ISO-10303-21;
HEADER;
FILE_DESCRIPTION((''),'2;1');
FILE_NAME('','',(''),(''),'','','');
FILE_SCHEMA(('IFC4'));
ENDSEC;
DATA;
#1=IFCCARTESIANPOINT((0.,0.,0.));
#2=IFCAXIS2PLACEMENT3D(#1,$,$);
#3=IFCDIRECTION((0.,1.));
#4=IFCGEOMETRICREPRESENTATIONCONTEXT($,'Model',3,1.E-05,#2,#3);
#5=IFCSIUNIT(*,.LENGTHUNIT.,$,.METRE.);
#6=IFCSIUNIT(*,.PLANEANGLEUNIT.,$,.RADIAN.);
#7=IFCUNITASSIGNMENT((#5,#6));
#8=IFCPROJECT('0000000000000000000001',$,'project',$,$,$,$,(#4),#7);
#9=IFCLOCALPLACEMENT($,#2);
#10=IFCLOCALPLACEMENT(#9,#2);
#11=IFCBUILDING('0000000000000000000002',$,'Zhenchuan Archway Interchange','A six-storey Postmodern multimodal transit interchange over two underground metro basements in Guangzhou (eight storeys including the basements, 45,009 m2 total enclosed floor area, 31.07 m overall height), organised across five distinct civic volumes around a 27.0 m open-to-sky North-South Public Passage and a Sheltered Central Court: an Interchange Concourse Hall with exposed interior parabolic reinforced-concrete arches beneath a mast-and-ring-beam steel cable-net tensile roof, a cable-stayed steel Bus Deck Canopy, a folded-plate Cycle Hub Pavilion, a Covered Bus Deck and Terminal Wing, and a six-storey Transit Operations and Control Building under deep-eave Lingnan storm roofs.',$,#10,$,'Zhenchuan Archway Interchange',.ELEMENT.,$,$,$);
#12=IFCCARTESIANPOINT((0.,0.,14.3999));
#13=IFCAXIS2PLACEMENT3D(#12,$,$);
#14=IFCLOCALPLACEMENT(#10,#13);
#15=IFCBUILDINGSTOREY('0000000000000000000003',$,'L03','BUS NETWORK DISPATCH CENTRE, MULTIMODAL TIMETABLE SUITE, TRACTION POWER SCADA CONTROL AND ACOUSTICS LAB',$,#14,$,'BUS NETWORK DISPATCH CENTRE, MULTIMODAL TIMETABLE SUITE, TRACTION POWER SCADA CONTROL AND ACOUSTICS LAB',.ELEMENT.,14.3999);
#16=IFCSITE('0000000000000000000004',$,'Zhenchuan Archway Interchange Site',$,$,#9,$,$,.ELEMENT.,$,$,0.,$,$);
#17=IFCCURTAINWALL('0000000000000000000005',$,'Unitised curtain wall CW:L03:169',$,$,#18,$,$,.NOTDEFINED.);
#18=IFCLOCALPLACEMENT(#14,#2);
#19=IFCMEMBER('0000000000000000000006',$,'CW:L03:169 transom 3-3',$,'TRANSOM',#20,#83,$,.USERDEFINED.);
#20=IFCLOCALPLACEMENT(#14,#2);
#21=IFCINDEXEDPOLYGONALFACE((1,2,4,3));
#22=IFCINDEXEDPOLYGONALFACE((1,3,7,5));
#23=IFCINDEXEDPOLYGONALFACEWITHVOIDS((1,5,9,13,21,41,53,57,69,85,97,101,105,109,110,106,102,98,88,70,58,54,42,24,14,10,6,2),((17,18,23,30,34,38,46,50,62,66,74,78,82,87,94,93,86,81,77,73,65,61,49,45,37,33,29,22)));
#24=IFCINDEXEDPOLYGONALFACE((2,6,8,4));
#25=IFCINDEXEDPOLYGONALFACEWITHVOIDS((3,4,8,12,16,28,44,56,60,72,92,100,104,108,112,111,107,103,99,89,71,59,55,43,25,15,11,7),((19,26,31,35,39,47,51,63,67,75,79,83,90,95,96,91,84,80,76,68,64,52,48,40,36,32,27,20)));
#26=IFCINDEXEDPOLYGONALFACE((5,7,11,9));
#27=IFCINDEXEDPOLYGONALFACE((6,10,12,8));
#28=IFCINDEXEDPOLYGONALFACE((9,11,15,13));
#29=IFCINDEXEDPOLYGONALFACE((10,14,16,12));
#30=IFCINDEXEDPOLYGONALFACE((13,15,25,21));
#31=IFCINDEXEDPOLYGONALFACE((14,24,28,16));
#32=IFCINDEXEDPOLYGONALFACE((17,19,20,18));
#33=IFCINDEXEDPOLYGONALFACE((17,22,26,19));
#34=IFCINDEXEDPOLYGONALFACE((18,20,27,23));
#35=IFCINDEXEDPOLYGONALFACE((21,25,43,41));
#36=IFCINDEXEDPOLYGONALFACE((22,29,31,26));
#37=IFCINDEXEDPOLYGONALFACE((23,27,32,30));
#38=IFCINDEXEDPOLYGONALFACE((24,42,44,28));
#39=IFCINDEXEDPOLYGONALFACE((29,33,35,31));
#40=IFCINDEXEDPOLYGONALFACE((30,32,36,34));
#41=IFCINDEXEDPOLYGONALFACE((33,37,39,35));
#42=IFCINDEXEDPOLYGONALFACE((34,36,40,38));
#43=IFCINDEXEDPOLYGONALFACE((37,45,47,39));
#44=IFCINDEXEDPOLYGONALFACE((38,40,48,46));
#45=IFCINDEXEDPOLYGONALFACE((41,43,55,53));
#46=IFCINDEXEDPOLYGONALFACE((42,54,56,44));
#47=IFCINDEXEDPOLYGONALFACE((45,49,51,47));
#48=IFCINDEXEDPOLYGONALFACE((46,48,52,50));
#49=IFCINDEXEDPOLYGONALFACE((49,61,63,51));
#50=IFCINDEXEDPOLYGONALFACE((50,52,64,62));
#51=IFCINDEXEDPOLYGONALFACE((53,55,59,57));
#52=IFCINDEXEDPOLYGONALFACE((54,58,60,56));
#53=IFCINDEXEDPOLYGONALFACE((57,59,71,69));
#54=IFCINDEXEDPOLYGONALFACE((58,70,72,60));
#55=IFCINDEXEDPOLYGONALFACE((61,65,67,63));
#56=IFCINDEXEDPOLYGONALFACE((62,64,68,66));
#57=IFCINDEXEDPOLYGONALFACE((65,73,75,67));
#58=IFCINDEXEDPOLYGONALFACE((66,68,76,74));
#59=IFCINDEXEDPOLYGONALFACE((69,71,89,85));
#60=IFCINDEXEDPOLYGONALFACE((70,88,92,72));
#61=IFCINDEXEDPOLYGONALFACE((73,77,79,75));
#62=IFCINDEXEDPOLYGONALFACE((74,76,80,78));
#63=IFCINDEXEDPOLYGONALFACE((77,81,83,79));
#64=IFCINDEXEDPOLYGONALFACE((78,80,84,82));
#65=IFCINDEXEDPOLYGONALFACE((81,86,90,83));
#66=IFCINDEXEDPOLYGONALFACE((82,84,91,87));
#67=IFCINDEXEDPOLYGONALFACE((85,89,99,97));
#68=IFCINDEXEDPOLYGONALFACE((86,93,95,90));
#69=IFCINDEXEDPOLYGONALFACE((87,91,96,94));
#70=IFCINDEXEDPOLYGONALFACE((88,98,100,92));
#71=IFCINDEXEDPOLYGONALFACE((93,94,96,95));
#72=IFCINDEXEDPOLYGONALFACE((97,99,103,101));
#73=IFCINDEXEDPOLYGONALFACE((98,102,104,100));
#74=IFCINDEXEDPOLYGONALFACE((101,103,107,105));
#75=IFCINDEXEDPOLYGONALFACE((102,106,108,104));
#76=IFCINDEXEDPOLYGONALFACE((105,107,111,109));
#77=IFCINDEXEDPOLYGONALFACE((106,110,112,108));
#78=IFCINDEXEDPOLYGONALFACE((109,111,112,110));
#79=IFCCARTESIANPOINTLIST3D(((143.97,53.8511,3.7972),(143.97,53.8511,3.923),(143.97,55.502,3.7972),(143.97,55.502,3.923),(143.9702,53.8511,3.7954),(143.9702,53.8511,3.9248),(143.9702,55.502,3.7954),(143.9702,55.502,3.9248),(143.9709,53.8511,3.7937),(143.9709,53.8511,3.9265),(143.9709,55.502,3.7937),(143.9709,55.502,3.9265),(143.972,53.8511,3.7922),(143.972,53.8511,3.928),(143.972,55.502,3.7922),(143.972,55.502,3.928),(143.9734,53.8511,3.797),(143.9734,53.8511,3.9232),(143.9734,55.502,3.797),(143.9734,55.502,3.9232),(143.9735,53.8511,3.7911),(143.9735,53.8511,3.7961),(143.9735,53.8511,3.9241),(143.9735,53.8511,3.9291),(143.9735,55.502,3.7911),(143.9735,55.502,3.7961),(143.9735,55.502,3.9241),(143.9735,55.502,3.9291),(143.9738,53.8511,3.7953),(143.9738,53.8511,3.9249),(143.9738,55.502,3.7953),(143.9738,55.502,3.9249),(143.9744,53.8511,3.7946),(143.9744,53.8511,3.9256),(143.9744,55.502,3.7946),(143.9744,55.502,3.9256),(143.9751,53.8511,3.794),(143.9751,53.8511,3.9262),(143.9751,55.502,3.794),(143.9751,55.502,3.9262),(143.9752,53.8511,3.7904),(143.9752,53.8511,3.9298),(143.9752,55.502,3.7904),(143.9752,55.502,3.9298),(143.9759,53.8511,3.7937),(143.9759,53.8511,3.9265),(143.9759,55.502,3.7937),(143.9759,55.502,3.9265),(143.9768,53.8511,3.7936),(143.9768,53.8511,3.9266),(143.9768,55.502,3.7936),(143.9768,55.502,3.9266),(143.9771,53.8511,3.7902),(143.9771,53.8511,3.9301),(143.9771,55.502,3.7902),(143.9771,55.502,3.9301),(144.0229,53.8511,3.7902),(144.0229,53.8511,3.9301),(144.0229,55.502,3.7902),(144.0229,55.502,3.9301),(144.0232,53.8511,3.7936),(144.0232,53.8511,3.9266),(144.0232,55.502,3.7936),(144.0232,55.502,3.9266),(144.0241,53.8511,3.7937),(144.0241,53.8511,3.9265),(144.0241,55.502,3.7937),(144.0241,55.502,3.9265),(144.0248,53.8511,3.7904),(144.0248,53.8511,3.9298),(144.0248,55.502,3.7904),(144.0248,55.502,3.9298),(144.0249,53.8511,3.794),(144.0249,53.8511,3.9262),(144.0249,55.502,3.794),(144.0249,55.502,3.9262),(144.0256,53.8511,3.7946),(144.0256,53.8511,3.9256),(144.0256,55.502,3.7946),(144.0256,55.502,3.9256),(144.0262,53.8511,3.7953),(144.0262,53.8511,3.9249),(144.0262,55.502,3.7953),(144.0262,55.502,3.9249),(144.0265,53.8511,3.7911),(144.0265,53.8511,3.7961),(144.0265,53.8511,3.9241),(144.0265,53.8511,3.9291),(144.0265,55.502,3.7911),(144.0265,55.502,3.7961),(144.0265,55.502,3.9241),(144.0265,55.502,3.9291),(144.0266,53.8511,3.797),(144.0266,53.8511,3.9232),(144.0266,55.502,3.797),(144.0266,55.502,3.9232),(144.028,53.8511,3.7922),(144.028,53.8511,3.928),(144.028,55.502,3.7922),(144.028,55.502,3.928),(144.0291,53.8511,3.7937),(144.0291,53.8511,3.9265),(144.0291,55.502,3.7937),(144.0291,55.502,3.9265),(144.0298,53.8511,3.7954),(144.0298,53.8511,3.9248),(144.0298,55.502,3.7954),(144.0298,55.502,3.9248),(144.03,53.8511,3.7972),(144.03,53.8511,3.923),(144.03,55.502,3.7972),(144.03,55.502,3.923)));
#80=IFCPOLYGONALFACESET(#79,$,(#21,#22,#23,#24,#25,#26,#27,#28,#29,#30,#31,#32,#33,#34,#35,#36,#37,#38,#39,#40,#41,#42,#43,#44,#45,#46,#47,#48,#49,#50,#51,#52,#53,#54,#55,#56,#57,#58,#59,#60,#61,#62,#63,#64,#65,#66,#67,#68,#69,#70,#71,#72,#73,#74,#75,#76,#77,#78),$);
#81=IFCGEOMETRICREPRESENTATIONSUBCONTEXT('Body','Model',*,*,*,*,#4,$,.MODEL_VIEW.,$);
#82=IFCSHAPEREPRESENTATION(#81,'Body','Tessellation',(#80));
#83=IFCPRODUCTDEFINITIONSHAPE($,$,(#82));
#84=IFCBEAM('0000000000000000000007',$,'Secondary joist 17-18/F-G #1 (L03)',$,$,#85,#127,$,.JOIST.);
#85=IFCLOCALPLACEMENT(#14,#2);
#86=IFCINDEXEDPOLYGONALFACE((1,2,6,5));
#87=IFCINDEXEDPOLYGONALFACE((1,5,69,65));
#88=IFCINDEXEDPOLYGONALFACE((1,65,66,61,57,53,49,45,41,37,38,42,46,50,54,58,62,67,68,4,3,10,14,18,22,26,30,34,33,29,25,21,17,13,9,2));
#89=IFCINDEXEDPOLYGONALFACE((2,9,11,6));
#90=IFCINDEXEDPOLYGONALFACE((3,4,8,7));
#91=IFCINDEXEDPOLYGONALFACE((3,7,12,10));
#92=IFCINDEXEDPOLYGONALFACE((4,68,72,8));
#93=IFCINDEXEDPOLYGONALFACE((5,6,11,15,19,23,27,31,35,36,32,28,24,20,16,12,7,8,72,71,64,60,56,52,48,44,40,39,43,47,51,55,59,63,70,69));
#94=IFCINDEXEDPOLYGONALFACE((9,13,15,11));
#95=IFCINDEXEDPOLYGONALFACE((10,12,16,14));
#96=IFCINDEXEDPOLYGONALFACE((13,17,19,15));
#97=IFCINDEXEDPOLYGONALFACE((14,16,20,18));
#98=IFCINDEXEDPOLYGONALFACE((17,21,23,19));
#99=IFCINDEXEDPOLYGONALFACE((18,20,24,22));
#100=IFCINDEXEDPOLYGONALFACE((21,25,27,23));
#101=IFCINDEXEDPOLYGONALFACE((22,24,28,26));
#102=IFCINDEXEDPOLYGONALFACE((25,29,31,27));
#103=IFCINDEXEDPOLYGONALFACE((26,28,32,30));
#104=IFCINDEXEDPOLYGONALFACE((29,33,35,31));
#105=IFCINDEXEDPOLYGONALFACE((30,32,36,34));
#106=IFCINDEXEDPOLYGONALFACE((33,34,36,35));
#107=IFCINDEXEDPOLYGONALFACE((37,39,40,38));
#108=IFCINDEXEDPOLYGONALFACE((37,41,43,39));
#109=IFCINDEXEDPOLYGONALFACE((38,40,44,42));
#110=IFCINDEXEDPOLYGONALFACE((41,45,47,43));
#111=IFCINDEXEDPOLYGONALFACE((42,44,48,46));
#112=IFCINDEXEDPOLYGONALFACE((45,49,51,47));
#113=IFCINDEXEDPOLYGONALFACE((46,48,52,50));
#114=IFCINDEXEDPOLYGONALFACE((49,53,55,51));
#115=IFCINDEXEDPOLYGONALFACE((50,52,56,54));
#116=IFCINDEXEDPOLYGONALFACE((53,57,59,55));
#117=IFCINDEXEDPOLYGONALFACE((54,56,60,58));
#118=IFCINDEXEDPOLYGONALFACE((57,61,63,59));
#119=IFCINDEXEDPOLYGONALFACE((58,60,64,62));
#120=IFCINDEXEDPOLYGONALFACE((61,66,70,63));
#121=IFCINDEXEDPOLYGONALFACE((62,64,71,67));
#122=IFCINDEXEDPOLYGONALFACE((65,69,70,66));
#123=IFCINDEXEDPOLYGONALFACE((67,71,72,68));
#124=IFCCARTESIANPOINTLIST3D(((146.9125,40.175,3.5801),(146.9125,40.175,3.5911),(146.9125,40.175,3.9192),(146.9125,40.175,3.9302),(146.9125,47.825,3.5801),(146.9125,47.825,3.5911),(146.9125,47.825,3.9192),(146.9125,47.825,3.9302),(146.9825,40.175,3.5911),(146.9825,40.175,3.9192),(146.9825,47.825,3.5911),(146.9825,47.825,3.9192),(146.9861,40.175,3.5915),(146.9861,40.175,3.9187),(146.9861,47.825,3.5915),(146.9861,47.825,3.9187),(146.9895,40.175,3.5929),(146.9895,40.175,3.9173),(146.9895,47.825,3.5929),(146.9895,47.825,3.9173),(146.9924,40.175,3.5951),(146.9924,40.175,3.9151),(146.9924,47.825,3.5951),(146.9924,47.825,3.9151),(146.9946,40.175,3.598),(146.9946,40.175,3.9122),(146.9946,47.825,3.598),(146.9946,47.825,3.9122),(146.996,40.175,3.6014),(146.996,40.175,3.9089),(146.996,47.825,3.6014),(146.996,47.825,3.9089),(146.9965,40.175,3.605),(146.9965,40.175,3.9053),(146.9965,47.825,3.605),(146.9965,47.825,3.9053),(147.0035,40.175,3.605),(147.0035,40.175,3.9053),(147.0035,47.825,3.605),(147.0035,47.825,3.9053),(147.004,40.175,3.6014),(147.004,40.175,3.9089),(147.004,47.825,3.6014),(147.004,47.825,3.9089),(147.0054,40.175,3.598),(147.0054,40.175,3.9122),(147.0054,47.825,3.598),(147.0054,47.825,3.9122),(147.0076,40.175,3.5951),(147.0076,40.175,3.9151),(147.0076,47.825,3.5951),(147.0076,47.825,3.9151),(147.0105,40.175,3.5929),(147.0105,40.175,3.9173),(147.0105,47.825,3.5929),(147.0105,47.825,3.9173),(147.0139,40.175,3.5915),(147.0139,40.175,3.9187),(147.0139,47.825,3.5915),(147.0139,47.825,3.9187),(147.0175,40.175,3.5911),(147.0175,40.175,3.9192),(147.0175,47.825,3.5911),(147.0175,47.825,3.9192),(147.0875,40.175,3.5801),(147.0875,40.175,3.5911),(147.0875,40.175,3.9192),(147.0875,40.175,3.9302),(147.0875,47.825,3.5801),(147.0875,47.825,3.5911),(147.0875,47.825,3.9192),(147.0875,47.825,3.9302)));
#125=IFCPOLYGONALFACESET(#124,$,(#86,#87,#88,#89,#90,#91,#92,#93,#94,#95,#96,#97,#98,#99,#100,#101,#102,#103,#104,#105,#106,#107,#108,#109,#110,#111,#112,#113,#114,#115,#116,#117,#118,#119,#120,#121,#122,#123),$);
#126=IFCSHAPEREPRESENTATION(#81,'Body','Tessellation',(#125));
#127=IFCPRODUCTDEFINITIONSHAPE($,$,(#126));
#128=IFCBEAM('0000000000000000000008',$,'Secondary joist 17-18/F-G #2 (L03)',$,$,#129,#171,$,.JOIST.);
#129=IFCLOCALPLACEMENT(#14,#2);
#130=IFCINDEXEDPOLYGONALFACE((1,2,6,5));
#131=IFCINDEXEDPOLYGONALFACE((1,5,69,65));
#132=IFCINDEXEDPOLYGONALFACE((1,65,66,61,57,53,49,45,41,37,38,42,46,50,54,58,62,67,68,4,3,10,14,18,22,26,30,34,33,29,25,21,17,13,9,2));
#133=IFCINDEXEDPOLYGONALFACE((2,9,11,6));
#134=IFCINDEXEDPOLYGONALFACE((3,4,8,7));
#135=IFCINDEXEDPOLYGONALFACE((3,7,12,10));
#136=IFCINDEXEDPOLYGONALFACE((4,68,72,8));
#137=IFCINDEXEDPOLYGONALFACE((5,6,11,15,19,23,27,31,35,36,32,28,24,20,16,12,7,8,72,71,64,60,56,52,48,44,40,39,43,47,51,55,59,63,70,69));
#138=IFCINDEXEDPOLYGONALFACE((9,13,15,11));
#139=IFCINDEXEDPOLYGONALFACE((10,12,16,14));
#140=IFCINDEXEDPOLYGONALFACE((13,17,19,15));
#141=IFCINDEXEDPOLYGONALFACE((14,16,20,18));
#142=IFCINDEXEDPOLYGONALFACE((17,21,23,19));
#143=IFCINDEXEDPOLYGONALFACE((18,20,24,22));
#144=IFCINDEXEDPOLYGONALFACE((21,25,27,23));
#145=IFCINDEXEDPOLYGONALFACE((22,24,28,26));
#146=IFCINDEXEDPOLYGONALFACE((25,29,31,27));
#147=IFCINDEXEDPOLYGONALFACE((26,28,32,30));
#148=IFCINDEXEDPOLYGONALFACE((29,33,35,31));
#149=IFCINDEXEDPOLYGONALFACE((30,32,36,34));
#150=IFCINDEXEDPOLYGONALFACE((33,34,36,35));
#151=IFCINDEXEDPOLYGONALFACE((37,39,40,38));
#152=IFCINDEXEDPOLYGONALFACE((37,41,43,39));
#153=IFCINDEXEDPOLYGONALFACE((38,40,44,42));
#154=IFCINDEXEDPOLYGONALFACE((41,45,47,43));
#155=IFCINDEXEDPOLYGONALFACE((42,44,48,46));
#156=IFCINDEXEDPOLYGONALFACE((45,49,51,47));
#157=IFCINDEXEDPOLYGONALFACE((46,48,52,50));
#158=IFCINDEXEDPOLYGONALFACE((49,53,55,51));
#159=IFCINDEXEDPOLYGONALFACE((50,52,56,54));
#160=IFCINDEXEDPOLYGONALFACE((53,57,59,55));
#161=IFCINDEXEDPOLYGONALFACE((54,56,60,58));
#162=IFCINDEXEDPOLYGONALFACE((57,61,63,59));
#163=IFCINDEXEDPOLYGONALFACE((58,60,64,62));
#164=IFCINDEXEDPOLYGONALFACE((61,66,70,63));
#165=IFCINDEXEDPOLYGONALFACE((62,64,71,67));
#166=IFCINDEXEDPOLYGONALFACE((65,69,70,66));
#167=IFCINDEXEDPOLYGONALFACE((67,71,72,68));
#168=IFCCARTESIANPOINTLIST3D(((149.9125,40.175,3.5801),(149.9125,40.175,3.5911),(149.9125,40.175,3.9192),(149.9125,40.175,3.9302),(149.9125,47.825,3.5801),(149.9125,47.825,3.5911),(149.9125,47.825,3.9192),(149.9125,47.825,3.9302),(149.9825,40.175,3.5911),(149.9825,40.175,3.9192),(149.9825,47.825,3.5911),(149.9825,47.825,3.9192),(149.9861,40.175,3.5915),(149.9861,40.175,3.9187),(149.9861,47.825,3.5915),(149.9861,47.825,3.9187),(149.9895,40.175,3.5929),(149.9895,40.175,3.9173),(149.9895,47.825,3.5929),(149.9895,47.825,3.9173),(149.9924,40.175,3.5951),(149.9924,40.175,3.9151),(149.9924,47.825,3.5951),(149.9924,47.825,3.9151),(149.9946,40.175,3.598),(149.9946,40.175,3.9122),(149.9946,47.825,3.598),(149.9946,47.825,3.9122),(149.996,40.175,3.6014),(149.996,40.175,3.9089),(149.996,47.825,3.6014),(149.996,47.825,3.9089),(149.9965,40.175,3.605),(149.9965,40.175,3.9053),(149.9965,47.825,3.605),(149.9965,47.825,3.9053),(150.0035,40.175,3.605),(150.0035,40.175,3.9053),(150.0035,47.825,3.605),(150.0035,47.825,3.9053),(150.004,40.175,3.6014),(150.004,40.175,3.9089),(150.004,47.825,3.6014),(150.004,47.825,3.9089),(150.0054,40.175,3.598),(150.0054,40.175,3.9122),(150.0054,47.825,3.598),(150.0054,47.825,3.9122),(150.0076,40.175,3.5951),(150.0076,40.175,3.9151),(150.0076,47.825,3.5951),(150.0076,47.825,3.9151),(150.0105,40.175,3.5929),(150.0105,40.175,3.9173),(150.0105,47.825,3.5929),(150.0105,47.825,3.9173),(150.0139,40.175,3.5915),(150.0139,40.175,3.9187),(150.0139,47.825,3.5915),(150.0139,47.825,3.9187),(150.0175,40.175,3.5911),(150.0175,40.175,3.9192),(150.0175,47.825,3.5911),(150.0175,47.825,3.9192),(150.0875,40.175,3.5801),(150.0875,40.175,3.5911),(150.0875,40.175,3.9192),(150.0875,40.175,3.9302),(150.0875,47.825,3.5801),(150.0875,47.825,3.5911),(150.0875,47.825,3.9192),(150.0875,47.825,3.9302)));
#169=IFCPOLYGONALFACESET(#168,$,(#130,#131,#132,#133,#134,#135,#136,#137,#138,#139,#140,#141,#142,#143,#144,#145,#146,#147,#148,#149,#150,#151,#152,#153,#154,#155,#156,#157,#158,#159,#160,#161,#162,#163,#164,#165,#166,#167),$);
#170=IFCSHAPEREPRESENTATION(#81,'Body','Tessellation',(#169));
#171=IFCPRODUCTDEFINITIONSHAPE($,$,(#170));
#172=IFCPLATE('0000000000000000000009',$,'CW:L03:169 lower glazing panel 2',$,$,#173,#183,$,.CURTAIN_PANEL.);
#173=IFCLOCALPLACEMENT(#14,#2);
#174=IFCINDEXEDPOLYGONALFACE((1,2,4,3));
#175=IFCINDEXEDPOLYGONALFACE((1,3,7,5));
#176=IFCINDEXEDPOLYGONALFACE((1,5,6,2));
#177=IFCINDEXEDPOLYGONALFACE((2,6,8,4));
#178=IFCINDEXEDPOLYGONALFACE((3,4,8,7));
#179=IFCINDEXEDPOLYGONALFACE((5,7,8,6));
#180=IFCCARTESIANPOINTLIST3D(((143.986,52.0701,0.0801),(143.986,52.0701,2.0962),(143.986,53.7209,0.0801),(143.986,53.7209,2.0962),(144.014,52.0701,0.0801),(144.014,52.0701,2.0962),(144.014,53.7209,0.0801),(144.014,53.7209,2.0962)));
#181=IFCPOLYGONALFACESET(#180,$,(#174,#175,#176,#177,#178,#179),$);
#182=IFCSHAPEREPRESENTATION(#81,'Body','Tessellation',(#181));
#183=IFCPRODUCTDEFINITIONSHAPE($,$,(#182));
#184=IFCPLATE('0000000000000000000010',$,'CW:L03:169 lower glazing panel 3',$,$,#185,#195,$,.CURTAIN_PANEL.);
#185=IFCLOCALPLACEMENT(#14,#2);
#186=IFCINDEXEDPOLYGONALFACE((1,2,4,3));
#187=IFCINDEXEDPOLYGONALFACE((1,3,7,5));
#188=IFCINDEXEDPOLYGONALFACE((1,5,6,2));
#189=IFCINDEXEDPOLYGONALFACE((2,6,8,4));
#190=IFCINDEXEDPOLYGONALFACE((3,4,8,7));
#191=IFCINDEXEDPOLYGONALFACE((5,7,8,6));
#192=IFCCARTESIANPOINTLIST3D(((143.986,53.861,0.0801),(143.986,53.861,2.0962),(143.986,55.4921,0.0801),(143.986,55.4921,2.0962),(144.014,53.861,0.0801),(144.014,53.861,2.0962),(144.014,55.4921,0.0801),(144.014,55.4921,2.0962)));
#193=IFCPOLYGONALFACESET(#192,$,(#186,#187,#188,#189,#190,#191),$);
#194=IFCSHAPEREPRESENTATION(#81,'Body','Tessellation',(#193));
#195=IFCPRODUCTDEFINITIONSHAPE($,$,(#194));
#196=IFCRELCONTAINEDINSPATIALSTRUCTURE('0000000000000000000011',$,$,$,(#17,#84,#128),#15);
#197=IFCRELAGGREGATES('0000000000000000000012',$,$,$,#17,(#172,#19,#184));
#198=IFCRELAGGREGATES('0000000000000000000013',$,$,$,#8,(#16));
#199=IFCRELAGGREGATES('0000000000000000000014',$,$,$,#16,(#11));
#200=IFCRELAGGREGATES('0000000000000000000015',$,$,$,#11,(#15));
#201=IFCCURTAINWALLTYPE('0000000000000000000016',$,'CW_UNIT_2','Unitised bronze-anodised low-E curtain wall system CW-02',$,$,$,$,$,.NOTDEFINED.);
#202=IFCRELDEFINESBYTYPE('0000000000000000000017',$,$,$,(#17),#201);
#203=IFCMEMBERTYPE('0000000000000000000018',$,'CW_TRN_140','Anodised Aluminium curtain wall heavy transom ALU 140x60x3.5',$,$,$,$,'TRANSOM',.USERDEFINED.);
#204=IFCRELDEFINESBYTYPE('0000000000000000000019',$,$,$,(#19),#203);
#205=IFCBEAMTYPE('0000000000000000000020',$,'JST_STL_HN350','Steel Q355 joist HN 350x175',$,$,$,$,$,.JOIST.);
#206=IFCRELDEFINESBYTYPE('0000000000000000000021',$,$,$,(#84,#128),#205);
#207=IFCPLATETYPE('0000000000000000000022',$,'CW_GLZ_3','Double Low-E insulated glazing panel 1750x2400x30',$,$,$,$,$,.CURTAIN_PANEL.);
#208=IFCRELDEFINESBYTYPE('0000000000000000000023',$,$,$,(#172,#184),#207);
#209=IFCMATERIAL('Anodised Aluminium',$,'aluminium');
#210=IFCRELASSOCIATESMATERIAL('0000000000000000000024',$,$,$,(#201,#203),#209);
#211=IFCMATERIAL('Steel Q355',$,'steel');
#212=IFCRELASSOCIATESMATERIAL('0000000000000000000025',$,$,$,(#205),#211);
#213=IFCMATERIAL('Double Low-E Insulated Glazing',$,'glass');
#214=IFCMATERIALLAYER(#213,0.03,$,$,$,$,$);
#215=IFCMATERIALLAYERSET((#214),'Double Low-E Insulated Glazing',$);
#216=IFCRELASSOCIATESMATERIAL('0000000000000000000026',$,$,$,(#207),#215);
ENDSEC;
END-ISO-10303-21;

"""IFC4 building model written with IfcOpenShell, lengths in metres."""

from ifc_helpers import new_model, si_unit, direction, frame, origin, origin_2d, place, context, subcontext, project, spatial, rectangle, hollow_rectangle, i_section, extrude, material, layer, layer_set, material_profile, profile_set, type_object, element, aggregate, save


model = new_model("IFC4")

# Units and contexts
model_context = context("Model", 3, precision=1e-05, world=origin(), true_north=direction((0.0, 1.0)))
body_context = subcontext(model_context, "Body", "Model", "MODEL_VIEW")
ifc_project = project(units=[si_unit("LENGTHUNIT", "METRE"), si_unit("PLANEANGLEUNIT", "RADIAN")], contexts=[model_context])

# Site, building, storey
site_placement = place(None, origin())
site = spatial("IfcSite", under=ifc_project, at=site_placement, Name="Zhenchuan Archway Interchange Site", CompositionType="ELEMENT", RefElevation=0.0)
building_placement = place(site_placement, origin())
building = spatial("IfcBuilding", under=site, at=building_placement, Name="Zhenchuan Archway Interchange", Description="A six-storey Postmodern multimodal transit interchange over two underground metro basements in Guangzhou (eight storeys including the basements, 45,009 m2 total enclosed floor area, 31.07 m overall height), organised across five distinct civic volumes around a 27.0 m open-to-sky North-South Public Passage and a Sheltered Central Court: an Interchange Concourse Hall with exposed interior parabolic reinforced-concrete arches beneath a mast-and-ring-beam steel cable-net tensile roof, a cable-stayed steel Bus Deck Canopy, a folded-plate Cycle Hub Pavilion, a Covered Bus Deck and Terminal Wing, and a six-storey Transit Operations and Control Building under deep-eave Lingnan storm roofs.", LongName="Zhenchuan Archway Interchange", CompositionType="ELEMENT")
storey_placement = place(building_placement, frame((0.0, 0.0, 14.3999)))
storey = spatial("IfcBuildingStorey", under=building, at=storey_placement, Name="L03", Description="BUS NETWORK DISPATCH CENTRE, MULTIMODAL TIMETABLE SUITE, TRACTION POWER SCADA CONTROL AND ACOUSTICS LAB", LongName="BUS NETWORK DISPATCH CENTRE, MULTIMODAL TIMETABLE SUITE, TRACTION POWER SCADA CONTROL AND ACOUSTICS LAB", CompositionType="ELEMENT", Elevation=14.3999)

# Curtain wall, member
ifc_material_1 = material(Name="Anodised Aluminium", Category="aluminium")
curtain_wall_type = type_object("IfcCurtainWallType", Name="CW_UNIT_2", Description="Unitised bronze-anodised low-E curtain wall system CW-02", PredefinedType="NOTDEFINED", material=ifc_material_1)
curtain_wall_placement = place(storey_placement, origin())
curtain_wall = element("IfcCurtainWall", 1, at=curtain_wall_placement, inside=storey, type_object=curtain_wall_type, Name="Unitised curtain wall CW:L03:169", PredefinedType="NOTDEFINED")
ifc_material_profile_1 = material_profile(ifc_material_1, hollow_rectangle(XDim=0.0601, YDim=0.1399, WallThickness=0.0034, InnerFilletRadius=0.0034, OuterFilletRadius=0.0071, at=origin_2d()), Name="ALU 140x60x3.5")
ifc_profile_set_1 = profile_set([ifc_material_profile_1], Name="Anodised Aluminium")
member_type_1 = type_object("IfcMemberType", Name="CW_TRN_140", Description="Anodised Aluminium curtain wall heavy transom ALU 140x60x3.5", ElementType="TRANSOM", PredefinedType="USERDEFINED", material=ifc_profile_set_1)
member_1_placement = place(storey_placement, frame((144.0, 53.8511, 3.8601), z_axis=(0.0, 1.0, 0.0), x_axis=(-1.0, 0.0, 0.0)))
member_1 = element("IfcMember", 2, at=member_1_placement, type_object=member_type_1, Name="CW:L03:169 transom 3-3", ObjectType="TRANSOM", PredefinedType="USERDEFINED", context=body_context, shape_type="SweptSolid", body=[
    extrude(hollow_rectangle(XDim=0.0601, YDim=0.1399, WallThickness=0.0034, InnerFilletRadius=0.0034, OuterFilletRadius=0.0071, at=origin_2d()), origin(), (0.0, 0.0, 1.0), 1.6509),
])

# Beams
ifc_material_2 = material(Name="Steel Q355", Category="steel")
ifc_material_profile_2 = material_profile(ifc_material_2, i_section(OverallWidth=0.175, OverallDepth=0.3501, WebThickness=0.0071, FlangeThickness=0.011, FilletRadius=0.0139, at=origin_2d()), Name="HN 350x175")
ifc_profile_set_2 = profile_set([ifc_material_profile_2], Name="Steel Q355")
beam_type_1 = type_object("IfcBeamType", Name="JST_STL_HN350", Description="Steel Q355 joist HN 350x175", PredefinedType="JOIST", material=ifc_profile_set_2)
for number, where, z_axis, x_axis, name in (
    (3, (147.0, 40.175, 3.7551), (0.0, 1.0, 0.0), (-1.0, 0.0, 0.0), "Secondary joist 17-18/F-G #1 (L03)"),
    (4, (150.0, 40.175, 3.7551), (0.0, 1.0, 0.0), (-1.0, 0.0, 0.0), "Secondary joist 17-18/F-G #2 (L03)"),
):
    element("IfcBeam", number, at=place(storey_placement, frame(where, z_axis=z_axis, x_axis=x_axis)), inside=storey, type_object=beam_type_1, Name=name, PredefinedType="JOIST", context=body_context, shape_type="SweptSolid", body=[
        extrude(i_section(OverallWidth=0.175, OverallDepth=0.3501, WebThickness=0.0071, FlangeThickness=0.011, FilletRadius=0.0139, at=origin_2d()), origin(), (0.0, 0.0, 1.0), 7.6499),
    ])

# Plates
ifc_material_3 = material(Name="Double Low-E Insulated Glazing", Category="glass")
ifc_layer_1 = layer(ifc_material_3, 0.03)
ifc_layer_set_1 = layer_set([ifc_layer_1], Name="Double Low-E Insulated Glazing")
plate_type_1 = type_object("IfcPlateType", Name="CW_GLZ_3", Description="Double Low-E insulated glazing panel 1750x2400x30", PredefinedType="CURTAIN_PANEL", material=ifc_layer_set_1)
plate_1_placement = place(storey_placement, frame((144.0, 52.8955, 0.0801), z_axis=(0.0, 0.0, 1.0), x_axis=(0.0, 1.0, 0.0)))
plate_1 = element("IfcPlate", 5, at=plate_1_placement, type_object=plate_type_1, Name="CW:L03:169 lower glazing panel 2", PredefinedType="CURTAIN_PANEL", context=body_context, shape_type="SweptSolid", body=[
    extrude(rectangle(XDim=1.6509, YDim=0.0281, at=origin_2d()), origin(), (0.0, 0.0, 1.0), 2.0161),
])
plate_2_placement = place(storey_placement, frame((144.0, 54.6765, 0.0801), z_axis=(0.0, 0.0, 1.0), x_axis=(0.0, 1.0, 0.0)))
plate_2 = element("IfcPlate", 6, at=plate_2_placement, type_object=plate_type_1, Name="CW:L03:169 lower glazing panel 3", PredefinedType="CURTAIN_PANEL", context=body_context, shape_type="SweptSolid", body=[
    extrude(rectangle(XDim=1.6311, YDim=0.0281, at=origin_2d()), origin(), (0.0, 0.0, 1.0), 2.0161),
])
aggregate(curtain_wall, [plate_1, member_1, plate_2])

save(model, "model.ifc")
